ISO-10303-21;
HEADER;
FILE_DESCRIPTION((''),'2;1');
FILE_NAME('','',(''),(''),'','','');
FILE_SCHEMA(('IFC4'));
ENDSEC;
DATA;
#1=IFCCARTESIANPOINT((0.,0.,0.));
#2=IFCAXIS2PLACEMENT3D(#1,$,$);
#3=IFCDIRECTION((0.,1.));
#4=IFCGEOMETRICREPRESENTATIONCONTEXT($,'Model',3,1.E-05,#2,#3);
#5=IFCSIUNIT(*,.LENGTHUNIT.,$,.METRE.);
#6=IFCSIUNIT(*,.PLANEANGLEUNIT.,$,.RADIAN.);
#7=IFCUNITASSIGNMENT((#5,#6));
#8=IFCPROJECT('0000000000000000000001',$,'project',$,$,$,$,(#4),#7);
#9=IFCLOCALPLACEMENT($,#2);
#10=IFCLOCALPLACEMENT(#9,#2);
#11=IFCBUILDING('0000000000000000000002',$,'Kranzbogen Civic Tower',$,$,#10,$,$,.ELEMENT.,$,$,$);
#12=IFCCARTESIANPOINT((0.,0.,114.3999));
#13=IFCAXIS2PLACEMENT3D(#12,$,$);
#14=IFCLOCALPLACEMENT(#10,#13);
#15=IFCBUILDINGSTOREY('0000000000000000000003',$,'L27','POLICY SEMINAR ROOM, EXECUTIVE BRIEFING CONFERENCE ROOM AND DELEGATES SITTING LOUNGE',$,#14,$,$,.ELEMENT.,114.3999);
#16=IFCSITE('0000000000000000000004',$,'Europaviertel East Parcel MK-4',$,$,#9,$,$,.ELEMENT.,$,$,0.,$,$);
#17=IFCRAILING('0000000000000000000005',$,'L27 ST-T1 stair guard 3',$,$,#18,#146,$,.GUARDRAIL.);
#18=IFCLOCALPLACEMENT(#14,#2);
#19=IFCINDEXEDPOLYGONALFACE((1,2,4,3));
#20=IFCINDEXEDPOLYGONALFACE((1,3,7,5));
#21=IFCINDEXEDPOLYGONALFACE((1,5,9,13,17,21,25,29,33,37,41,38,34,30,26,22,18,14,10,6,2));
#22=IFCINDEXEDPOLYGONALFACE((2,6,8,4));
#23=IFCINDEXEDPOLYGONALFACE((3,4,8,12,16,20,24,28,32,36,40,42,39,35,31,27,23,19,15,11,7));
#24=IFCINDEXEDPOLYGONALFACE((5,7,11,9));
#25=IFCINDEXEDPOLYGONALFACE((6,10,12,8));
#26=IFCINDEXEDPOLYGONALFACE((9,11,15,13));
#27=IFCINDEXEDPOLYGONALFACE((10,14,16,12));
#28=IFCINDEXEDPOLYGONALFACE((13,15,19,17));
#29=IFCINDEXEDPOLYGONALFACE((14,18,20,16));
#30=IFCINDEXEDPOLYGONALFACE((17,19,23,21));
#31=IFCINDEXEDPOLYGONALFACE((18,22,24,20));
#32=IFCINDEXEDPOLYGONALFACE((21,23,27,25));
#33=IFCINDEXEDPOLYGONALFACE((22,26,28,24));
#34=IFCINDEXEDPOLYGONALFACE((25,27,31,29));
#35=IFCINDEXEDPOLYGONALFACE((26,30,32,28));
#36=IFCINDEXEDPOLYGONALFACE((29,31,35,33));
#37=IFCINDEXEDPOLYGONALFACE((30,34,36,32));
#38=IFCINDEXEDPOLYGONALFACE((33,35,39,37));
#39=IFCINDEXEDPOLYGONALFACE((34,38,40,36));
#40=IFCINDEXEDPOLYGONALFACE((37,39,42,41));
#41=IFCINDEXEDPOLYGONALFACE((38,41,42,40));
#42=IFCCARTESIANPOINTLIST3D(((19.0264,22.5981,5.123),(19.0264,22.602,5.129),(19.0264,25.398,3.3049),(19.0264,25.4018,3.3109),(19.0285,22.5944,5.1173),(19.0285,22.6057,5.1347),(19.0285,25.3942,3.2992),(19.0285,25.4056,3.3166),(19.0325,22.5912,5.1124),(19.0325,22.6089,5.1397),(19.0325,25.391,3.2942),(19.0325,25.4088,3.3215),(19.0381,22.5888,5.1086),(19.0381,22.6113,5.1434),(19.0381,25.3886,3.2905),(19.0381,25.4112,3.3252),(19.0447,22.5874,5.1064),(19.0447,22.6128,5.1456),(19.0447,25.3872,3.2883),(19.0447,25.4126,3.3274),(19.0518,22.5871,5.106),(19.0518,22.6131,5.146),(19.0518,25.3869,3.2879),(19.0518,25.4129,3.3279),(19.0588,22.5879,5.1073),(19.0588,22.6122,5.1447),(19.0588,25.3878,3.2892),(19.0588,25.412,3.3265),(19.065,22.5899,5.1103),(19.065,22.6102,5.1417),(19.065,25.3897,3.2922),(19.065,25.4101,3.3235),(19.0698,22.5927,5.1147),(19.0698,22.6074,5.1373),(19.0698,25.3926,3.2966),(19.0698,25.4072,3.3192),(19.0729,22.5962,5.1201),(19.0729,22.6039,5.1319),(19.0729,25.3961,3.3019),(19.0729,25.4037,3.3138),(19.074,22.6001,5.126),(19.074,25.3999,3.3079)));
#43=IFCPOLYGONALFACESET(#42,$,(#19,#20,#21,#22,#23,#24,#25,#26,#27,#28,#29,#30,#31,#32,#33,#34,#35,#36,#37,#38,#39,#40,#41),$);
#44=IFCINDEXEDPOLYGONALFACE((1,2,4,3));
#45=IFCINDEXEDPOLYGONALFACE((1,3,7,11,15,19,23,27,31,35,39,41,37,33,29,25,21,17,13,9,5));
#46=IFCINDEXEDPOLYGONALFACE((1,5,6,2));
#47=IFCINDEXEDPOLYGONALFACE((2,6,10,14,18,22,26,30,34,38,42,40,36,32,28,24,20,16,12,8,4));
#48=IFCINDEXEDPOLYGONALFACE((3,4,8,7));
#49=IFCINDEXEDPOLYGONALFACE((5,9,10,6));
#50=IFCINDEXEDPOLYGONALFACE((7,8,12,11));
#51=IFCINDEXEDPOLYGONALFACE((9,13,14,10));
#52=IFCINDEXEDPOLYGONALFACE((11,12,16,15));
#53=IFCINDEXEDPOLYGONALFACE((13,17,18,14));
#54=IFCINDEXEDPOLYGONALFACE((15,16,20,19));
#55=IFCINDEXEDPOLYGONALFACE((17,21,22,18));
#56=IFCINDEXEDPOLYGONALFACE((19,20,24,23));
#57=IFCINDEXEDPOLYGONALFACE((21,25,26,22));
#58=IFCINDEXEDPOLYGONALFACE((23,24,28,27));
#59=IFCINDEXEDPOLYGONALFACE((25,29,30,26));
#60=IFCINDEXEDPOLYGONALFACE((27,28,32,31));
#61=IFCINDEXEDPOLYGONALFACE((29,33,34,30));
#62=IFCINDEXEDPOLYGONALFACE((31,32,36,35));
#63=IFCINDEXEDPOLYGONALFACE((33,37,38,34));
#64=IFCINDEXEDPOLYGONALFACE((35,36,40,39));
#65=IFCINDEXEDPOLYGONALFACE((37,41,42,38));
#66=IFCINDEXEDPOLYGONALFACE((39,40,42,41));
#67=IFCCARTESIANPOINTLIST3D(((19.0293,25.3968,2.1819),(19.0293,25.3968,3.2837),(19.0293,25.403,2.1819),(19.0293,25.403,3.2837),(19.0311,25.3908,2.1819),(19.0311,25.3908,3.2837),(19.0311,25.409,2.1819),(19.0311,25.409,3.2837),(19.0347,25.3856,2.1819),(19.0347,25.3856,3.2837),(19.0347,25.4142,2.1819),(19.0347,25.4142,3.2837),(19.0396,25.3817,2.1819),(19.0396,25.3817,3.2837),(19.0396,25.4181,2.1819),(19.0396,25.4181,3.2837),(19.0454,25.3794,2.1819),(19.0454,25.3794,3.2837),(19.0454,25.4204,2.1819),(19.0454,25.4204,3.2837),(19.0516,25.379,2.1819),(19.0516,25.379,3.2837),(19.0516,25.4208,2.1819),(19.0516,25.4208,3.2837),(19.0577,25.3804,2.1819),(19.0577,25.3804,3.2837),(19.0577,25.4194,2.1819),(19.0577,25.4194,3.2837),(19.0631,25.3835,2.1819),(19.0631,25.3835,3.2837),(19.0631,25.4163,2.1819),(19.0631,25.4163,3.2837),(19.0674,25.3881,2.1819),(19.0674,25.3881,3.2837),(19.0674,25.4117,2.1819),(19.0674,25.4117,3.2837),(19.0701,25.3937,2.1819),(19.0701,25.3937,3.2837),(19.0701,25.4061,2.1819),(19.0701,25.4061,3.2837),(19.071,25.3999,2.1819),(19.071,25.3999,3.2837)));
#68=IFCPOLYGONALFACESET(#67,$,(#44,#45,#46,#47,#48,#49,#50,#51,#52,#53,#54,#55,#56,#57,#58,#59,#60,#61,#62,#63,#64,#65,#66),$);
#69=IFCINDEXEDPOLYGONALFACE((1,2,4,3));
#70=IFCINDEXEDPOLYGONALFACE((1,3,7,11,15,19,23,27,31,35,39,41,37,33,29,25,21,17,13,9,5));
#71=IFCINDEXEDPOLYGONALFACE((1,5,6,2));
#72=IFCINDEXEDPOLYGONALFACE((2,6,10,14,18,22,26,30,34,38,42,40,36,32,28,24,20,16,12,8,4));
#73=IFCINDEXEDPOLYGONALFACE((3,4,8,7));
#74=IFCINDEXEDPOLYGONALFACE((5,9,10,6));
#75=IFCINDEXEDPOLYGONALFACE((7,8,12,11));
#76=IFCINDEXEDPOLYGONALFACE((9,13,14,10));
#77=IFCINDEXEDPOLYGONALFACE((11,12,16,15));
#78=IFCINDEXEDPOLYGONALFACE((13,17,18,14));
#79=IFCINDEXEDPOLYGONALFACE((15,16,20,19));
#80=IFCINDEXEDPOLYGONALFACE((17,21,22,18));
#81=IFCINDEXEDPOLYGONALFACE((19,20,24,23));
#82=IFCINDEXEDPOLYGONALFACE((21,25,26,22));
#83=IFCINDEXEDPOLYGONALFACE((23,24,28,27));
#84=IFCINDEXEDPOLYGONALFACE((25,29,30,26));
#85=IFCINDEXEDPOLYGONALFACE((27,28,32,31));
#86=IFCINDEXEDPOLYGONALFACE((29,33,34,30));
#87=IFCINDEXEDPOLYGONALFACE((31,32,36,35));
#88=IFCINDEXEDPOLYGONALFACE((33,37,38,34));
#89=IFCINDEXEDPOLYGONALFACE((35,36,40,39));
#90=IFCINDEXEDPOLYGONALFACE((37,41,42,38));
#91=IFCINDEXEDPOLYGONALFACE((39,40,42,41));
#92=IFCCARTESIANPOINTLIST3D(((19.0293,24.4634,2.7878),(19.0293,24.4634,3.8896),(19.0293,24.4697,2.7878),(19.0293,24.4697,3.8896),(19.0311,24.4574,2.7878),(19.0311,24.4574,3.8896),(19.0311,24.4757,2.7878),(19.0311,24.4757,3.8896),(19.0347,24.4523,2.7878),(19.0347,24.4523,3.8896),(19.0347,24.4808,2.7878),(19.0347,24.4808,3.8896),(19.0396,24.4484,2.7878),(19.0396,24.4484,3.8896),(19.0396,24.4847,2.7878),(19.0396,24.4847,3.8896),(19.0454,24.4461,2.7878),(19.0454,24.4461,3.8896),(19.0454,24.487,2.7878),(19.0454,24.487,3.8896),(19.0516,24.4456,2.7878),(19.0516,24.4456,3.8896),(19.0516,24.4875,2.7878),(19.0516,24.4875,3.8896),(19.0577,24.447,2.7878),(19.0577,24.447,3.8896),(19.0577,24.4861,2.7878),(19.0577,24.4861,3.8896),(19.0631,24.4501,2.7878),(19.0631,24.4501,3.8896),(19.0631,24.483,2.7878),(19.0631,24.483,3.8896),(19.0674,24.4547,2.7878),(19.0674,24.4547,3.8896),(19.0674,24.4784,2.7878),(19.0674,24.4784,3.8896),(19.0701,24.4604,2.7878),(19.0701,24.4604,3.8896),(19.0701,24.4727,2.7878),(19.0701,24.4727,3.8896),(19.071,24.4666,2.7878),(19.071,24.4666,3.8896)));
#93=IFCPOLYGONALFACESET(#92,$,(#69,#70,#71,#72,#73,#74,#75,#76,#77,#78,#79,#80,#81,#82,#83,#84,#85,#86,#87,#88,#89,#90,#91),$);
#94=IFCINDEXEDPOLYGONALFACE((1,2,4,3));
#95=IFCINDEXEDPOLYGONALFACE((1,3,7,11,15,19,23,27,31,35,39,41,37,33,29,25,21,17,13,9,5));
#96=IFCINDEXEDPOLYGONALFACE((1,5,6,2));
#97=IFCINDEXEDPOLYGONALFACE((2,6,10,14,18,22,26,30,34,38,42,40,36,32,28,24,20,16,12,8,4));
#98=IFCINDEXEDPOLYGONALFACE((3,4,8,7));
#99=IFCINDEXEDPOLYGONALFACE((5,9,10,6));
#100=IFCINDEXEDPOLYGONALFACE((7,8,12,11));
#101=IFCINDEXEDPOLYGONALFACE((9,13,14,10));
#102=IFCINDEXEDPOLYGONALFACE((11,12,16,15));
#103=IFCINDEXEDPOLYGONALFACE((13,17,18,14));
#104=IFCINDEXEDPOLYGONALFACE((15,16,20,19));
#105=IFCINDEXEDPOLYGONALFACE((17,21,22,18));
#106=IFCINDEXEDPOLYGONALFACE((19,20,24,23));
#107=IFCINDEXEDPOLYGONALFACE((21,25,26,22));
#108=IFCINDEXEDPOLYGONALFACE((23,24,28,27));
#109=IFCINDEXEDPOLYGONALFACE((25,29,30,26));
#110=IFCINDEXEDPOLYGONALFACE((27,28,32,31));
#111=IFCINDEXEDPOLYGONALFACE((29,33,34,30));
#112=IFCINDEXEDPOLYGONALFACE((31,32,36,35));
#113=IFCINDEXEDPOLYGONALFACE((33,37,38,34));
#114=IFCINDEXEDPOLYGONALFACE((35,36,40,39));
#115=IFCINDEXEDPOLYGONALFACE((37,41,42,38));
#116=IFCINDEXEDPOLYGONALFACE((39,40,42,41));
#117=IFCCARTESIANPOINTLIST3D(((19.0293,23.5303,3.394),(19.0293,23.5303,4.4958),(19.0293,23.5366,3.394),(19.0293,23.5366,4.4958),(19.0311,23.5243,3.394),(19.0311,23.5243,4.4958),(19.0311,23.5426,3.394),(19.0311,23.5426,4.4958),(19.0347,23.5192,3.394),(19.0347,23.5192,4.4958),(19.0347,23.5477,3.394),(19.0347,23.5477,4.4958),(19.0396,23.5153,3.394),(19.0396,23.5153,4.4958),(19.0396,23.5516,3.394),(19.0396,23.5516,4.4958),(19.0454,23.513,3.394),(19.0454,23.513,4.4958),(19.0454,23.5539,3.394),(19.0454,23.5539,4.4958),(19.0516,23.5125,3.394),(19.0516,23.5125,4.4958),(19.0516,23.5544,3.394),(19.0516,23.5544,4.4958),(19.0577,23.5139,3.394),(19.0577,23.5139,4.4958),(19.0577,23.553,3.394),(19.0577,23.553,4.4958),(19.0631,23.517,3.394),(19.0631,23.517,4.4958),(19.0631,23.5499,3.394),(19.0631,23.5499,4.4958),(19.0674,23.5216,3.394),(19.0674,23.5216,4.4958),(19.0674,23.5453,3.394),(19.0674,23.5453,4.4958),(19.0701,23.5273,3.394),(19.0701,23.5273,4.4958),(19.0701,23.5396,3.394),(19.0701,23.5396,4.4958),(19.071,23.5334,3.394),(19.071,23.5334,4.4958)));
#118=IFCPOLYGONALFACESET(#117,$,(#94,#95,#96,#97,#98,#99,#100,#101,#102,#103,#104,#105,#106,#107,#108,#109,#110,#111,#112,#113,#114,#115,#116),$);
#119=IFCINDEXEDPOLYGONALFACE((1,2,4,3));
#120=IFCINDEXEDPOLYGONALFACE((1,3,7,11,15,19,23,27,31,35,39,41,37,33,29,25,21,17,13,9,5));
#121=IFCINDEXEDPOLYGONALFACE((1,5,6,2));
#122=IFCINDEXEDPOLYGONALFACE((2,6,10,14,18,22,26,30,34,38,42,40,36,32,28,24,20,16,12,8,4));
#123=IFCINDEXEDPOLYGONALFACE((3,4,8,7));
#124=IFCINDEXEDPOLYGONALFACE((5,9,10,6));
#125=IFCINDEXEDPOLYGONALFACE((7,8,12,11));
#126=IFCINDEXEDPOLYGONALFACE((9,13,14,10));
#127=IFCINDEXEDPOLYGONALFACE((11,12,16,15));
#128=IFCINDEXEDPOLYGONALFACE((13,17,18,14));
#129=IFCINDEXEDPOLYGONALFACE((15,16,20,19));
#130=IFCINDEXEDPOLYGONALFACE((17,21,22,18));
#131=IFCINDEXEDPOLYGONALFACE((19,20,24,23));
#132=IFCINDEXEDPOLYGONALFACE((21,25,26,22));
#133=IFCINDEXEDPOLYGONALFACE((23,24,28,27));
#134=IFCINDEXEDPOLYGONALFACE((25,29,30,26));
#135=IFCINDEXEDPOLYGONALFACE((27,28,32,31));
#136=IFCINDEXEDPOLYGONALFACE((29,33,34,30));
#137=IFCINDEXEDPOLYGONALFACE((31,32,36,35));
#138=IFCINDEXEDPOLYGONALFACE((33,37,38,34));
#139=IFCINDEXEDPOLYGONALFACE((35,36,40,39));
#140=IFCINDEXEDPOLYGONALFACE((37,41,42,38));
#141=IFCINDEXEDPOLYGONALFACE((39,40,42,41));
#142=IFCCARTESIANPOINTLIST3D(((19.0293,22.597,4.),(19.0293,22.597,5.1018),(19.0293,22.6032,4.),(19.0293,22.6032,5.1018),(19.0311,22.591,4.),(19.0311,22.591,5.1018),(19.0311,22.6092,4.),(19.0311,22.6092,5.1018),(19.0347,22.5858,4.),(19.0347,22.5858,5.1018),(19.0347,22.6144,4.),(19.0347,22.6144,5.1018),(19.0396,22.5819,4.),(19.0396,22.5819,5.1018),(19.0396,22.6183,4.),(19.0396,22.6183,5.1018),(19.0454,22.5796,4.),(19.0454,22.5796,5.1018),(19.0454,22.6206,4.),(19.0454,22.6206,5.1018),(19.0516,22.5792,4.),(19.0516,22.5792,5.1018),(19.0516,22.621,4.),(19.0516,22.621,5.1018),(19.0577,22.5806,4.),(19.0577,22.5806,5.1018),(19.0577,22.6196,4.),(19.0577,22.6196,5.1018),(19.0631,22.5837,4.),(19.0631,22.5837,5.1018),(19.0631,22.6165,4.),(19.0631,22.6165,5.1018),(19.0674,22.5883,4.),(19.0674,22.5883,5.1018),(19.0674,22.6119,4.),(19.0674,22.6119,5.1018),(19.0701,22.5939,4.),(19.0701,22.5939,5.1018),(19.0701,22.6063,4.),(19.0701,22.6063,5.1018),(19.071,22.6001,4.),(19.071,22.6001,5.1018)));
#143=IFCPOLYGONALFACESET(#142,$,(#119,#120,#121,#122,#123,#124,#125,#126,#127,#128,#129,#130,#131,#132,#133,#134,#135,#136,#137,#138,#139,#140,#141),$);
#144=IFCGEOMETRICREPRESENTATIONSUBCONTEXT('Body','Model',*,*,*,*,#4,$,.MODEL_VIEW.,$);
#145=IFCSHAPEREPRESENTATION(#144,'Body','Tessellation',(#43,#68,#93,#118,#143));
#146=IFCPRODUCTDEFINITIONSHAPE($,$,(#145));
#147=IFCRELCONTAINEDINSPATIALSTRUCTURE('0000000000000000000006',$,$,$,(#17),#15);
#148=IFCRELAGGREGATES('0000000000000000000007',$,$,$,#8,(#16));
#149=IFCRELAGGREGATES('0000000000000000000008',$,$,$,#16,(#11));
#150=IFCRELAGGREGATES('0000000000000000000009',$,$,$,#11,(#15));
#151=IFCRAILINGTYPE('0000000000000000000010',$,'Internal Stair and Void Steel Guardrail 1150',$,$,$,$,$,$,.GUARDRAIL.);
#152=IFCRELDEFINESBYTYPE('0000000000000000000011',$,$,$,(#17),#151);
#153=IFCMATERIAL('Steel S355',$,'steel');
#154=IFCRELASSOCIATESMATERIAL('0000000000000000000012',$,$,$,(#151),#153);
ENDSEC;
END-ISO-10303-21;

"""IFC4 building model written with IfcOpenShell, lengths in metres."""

from ifc_helpers import new_model, si_unit, direction, frame, origin, origin_2d, place, context, subcontext, project, spatial, circle, extrude, material, type_object, element, save


model = new_model("IFC4")

# Units and contexts
model_context = context("Model", 3, precision=1e-05, world=origin(), true_north=direction((0.0, 1.0)))
body_context = subcontext(model_context, "Body", "Model", "MODEL_VIEW")
ifc_project = project(units=[si_unit("LENGTHUNIT", "METRE"), si_unit("PLANEANGLEUNIT", "RADIAN")], contexts=[model_context])

# Site, building, storey
site_placement = place(None, origin())
site = spatial("IfcSite", under=ifc_project, at=site_placement, Name="Europaviertel East Parcel MK-4", CompositionType="ELEMENT", RefElevation=0.0)
building_placement = place(site_placement, origin())
building = spatial("IfcBuilding", under=site, at=building_placement, Name="Kranzbogen Civic Tower", CompositionType="ELEMENT")
storey_placement = place(building_placement, frame((0.0, 0.0, 114.3999)))
storey = spatial("IfcBuildingStorey", under=building, at=storey_placement, Name="L27", Description="POLICY SEMINAR ROOM, EXECUTIVE BRIEFING CONFERENCE ROOM AND DELEGATES SITTING LOUNGE", CompositionType="ELEMENT", Elevation=114.3999)

# Shared definitions
ifc_material_1 = material(Name="Steel S355", Category="steel")

# Railing
railing_type_1 = type_object("IfcRailingType", Name="Internal Stair and Void Steel Guardrail 1150", PredefinedType="GUARDRAIL", material=ifc_material_1)
railing_1_placement = place(storey_placement, frame((19.05, 25.3999, 2.1819)))
element("IfcRailing", 1, at=railing_1_placement, inside=storey, type_object=railing_type_1, Name="L27 ST-T1 stair guard 3", PredefinedType="GUARDRAIL", context=body_context, shape_type="SweptSolid", body=[
    extrude(circle(Radius=0.0239, at=origin_2d()), frame((0.0, 0.0, 1.126), z_axis=(0.0, -0.838684, 0.544618), x_axis=(1.0, 0.0, 0.0)), (0.0, 0.0, 1.0), 3.3384),
    extrude(circle(Radius=0.021, at=origin_2d()), origin(), (0.0, 0.0, 1.0), 1.1018),
    extrude(circle(Radius=0.021, at=origin_2d()), frame((0.0, -0.9333, 0.606)), (0.0, 0.0, 1.0), 1.1018),
    extrude(circle(Radius=0.021, at=origin_2d()), frame((0.0, -1.8665, 1.2122)), (0.0, 0.0, 1.0), 1.1018),
    extrude(circle(Radius=0.021, at=origin_2d()), frame((0.0, -2.7998, 1.8181)), (0.0, 0.0, 1.0), 1.1018),
])

save(model, "model.ifc")
